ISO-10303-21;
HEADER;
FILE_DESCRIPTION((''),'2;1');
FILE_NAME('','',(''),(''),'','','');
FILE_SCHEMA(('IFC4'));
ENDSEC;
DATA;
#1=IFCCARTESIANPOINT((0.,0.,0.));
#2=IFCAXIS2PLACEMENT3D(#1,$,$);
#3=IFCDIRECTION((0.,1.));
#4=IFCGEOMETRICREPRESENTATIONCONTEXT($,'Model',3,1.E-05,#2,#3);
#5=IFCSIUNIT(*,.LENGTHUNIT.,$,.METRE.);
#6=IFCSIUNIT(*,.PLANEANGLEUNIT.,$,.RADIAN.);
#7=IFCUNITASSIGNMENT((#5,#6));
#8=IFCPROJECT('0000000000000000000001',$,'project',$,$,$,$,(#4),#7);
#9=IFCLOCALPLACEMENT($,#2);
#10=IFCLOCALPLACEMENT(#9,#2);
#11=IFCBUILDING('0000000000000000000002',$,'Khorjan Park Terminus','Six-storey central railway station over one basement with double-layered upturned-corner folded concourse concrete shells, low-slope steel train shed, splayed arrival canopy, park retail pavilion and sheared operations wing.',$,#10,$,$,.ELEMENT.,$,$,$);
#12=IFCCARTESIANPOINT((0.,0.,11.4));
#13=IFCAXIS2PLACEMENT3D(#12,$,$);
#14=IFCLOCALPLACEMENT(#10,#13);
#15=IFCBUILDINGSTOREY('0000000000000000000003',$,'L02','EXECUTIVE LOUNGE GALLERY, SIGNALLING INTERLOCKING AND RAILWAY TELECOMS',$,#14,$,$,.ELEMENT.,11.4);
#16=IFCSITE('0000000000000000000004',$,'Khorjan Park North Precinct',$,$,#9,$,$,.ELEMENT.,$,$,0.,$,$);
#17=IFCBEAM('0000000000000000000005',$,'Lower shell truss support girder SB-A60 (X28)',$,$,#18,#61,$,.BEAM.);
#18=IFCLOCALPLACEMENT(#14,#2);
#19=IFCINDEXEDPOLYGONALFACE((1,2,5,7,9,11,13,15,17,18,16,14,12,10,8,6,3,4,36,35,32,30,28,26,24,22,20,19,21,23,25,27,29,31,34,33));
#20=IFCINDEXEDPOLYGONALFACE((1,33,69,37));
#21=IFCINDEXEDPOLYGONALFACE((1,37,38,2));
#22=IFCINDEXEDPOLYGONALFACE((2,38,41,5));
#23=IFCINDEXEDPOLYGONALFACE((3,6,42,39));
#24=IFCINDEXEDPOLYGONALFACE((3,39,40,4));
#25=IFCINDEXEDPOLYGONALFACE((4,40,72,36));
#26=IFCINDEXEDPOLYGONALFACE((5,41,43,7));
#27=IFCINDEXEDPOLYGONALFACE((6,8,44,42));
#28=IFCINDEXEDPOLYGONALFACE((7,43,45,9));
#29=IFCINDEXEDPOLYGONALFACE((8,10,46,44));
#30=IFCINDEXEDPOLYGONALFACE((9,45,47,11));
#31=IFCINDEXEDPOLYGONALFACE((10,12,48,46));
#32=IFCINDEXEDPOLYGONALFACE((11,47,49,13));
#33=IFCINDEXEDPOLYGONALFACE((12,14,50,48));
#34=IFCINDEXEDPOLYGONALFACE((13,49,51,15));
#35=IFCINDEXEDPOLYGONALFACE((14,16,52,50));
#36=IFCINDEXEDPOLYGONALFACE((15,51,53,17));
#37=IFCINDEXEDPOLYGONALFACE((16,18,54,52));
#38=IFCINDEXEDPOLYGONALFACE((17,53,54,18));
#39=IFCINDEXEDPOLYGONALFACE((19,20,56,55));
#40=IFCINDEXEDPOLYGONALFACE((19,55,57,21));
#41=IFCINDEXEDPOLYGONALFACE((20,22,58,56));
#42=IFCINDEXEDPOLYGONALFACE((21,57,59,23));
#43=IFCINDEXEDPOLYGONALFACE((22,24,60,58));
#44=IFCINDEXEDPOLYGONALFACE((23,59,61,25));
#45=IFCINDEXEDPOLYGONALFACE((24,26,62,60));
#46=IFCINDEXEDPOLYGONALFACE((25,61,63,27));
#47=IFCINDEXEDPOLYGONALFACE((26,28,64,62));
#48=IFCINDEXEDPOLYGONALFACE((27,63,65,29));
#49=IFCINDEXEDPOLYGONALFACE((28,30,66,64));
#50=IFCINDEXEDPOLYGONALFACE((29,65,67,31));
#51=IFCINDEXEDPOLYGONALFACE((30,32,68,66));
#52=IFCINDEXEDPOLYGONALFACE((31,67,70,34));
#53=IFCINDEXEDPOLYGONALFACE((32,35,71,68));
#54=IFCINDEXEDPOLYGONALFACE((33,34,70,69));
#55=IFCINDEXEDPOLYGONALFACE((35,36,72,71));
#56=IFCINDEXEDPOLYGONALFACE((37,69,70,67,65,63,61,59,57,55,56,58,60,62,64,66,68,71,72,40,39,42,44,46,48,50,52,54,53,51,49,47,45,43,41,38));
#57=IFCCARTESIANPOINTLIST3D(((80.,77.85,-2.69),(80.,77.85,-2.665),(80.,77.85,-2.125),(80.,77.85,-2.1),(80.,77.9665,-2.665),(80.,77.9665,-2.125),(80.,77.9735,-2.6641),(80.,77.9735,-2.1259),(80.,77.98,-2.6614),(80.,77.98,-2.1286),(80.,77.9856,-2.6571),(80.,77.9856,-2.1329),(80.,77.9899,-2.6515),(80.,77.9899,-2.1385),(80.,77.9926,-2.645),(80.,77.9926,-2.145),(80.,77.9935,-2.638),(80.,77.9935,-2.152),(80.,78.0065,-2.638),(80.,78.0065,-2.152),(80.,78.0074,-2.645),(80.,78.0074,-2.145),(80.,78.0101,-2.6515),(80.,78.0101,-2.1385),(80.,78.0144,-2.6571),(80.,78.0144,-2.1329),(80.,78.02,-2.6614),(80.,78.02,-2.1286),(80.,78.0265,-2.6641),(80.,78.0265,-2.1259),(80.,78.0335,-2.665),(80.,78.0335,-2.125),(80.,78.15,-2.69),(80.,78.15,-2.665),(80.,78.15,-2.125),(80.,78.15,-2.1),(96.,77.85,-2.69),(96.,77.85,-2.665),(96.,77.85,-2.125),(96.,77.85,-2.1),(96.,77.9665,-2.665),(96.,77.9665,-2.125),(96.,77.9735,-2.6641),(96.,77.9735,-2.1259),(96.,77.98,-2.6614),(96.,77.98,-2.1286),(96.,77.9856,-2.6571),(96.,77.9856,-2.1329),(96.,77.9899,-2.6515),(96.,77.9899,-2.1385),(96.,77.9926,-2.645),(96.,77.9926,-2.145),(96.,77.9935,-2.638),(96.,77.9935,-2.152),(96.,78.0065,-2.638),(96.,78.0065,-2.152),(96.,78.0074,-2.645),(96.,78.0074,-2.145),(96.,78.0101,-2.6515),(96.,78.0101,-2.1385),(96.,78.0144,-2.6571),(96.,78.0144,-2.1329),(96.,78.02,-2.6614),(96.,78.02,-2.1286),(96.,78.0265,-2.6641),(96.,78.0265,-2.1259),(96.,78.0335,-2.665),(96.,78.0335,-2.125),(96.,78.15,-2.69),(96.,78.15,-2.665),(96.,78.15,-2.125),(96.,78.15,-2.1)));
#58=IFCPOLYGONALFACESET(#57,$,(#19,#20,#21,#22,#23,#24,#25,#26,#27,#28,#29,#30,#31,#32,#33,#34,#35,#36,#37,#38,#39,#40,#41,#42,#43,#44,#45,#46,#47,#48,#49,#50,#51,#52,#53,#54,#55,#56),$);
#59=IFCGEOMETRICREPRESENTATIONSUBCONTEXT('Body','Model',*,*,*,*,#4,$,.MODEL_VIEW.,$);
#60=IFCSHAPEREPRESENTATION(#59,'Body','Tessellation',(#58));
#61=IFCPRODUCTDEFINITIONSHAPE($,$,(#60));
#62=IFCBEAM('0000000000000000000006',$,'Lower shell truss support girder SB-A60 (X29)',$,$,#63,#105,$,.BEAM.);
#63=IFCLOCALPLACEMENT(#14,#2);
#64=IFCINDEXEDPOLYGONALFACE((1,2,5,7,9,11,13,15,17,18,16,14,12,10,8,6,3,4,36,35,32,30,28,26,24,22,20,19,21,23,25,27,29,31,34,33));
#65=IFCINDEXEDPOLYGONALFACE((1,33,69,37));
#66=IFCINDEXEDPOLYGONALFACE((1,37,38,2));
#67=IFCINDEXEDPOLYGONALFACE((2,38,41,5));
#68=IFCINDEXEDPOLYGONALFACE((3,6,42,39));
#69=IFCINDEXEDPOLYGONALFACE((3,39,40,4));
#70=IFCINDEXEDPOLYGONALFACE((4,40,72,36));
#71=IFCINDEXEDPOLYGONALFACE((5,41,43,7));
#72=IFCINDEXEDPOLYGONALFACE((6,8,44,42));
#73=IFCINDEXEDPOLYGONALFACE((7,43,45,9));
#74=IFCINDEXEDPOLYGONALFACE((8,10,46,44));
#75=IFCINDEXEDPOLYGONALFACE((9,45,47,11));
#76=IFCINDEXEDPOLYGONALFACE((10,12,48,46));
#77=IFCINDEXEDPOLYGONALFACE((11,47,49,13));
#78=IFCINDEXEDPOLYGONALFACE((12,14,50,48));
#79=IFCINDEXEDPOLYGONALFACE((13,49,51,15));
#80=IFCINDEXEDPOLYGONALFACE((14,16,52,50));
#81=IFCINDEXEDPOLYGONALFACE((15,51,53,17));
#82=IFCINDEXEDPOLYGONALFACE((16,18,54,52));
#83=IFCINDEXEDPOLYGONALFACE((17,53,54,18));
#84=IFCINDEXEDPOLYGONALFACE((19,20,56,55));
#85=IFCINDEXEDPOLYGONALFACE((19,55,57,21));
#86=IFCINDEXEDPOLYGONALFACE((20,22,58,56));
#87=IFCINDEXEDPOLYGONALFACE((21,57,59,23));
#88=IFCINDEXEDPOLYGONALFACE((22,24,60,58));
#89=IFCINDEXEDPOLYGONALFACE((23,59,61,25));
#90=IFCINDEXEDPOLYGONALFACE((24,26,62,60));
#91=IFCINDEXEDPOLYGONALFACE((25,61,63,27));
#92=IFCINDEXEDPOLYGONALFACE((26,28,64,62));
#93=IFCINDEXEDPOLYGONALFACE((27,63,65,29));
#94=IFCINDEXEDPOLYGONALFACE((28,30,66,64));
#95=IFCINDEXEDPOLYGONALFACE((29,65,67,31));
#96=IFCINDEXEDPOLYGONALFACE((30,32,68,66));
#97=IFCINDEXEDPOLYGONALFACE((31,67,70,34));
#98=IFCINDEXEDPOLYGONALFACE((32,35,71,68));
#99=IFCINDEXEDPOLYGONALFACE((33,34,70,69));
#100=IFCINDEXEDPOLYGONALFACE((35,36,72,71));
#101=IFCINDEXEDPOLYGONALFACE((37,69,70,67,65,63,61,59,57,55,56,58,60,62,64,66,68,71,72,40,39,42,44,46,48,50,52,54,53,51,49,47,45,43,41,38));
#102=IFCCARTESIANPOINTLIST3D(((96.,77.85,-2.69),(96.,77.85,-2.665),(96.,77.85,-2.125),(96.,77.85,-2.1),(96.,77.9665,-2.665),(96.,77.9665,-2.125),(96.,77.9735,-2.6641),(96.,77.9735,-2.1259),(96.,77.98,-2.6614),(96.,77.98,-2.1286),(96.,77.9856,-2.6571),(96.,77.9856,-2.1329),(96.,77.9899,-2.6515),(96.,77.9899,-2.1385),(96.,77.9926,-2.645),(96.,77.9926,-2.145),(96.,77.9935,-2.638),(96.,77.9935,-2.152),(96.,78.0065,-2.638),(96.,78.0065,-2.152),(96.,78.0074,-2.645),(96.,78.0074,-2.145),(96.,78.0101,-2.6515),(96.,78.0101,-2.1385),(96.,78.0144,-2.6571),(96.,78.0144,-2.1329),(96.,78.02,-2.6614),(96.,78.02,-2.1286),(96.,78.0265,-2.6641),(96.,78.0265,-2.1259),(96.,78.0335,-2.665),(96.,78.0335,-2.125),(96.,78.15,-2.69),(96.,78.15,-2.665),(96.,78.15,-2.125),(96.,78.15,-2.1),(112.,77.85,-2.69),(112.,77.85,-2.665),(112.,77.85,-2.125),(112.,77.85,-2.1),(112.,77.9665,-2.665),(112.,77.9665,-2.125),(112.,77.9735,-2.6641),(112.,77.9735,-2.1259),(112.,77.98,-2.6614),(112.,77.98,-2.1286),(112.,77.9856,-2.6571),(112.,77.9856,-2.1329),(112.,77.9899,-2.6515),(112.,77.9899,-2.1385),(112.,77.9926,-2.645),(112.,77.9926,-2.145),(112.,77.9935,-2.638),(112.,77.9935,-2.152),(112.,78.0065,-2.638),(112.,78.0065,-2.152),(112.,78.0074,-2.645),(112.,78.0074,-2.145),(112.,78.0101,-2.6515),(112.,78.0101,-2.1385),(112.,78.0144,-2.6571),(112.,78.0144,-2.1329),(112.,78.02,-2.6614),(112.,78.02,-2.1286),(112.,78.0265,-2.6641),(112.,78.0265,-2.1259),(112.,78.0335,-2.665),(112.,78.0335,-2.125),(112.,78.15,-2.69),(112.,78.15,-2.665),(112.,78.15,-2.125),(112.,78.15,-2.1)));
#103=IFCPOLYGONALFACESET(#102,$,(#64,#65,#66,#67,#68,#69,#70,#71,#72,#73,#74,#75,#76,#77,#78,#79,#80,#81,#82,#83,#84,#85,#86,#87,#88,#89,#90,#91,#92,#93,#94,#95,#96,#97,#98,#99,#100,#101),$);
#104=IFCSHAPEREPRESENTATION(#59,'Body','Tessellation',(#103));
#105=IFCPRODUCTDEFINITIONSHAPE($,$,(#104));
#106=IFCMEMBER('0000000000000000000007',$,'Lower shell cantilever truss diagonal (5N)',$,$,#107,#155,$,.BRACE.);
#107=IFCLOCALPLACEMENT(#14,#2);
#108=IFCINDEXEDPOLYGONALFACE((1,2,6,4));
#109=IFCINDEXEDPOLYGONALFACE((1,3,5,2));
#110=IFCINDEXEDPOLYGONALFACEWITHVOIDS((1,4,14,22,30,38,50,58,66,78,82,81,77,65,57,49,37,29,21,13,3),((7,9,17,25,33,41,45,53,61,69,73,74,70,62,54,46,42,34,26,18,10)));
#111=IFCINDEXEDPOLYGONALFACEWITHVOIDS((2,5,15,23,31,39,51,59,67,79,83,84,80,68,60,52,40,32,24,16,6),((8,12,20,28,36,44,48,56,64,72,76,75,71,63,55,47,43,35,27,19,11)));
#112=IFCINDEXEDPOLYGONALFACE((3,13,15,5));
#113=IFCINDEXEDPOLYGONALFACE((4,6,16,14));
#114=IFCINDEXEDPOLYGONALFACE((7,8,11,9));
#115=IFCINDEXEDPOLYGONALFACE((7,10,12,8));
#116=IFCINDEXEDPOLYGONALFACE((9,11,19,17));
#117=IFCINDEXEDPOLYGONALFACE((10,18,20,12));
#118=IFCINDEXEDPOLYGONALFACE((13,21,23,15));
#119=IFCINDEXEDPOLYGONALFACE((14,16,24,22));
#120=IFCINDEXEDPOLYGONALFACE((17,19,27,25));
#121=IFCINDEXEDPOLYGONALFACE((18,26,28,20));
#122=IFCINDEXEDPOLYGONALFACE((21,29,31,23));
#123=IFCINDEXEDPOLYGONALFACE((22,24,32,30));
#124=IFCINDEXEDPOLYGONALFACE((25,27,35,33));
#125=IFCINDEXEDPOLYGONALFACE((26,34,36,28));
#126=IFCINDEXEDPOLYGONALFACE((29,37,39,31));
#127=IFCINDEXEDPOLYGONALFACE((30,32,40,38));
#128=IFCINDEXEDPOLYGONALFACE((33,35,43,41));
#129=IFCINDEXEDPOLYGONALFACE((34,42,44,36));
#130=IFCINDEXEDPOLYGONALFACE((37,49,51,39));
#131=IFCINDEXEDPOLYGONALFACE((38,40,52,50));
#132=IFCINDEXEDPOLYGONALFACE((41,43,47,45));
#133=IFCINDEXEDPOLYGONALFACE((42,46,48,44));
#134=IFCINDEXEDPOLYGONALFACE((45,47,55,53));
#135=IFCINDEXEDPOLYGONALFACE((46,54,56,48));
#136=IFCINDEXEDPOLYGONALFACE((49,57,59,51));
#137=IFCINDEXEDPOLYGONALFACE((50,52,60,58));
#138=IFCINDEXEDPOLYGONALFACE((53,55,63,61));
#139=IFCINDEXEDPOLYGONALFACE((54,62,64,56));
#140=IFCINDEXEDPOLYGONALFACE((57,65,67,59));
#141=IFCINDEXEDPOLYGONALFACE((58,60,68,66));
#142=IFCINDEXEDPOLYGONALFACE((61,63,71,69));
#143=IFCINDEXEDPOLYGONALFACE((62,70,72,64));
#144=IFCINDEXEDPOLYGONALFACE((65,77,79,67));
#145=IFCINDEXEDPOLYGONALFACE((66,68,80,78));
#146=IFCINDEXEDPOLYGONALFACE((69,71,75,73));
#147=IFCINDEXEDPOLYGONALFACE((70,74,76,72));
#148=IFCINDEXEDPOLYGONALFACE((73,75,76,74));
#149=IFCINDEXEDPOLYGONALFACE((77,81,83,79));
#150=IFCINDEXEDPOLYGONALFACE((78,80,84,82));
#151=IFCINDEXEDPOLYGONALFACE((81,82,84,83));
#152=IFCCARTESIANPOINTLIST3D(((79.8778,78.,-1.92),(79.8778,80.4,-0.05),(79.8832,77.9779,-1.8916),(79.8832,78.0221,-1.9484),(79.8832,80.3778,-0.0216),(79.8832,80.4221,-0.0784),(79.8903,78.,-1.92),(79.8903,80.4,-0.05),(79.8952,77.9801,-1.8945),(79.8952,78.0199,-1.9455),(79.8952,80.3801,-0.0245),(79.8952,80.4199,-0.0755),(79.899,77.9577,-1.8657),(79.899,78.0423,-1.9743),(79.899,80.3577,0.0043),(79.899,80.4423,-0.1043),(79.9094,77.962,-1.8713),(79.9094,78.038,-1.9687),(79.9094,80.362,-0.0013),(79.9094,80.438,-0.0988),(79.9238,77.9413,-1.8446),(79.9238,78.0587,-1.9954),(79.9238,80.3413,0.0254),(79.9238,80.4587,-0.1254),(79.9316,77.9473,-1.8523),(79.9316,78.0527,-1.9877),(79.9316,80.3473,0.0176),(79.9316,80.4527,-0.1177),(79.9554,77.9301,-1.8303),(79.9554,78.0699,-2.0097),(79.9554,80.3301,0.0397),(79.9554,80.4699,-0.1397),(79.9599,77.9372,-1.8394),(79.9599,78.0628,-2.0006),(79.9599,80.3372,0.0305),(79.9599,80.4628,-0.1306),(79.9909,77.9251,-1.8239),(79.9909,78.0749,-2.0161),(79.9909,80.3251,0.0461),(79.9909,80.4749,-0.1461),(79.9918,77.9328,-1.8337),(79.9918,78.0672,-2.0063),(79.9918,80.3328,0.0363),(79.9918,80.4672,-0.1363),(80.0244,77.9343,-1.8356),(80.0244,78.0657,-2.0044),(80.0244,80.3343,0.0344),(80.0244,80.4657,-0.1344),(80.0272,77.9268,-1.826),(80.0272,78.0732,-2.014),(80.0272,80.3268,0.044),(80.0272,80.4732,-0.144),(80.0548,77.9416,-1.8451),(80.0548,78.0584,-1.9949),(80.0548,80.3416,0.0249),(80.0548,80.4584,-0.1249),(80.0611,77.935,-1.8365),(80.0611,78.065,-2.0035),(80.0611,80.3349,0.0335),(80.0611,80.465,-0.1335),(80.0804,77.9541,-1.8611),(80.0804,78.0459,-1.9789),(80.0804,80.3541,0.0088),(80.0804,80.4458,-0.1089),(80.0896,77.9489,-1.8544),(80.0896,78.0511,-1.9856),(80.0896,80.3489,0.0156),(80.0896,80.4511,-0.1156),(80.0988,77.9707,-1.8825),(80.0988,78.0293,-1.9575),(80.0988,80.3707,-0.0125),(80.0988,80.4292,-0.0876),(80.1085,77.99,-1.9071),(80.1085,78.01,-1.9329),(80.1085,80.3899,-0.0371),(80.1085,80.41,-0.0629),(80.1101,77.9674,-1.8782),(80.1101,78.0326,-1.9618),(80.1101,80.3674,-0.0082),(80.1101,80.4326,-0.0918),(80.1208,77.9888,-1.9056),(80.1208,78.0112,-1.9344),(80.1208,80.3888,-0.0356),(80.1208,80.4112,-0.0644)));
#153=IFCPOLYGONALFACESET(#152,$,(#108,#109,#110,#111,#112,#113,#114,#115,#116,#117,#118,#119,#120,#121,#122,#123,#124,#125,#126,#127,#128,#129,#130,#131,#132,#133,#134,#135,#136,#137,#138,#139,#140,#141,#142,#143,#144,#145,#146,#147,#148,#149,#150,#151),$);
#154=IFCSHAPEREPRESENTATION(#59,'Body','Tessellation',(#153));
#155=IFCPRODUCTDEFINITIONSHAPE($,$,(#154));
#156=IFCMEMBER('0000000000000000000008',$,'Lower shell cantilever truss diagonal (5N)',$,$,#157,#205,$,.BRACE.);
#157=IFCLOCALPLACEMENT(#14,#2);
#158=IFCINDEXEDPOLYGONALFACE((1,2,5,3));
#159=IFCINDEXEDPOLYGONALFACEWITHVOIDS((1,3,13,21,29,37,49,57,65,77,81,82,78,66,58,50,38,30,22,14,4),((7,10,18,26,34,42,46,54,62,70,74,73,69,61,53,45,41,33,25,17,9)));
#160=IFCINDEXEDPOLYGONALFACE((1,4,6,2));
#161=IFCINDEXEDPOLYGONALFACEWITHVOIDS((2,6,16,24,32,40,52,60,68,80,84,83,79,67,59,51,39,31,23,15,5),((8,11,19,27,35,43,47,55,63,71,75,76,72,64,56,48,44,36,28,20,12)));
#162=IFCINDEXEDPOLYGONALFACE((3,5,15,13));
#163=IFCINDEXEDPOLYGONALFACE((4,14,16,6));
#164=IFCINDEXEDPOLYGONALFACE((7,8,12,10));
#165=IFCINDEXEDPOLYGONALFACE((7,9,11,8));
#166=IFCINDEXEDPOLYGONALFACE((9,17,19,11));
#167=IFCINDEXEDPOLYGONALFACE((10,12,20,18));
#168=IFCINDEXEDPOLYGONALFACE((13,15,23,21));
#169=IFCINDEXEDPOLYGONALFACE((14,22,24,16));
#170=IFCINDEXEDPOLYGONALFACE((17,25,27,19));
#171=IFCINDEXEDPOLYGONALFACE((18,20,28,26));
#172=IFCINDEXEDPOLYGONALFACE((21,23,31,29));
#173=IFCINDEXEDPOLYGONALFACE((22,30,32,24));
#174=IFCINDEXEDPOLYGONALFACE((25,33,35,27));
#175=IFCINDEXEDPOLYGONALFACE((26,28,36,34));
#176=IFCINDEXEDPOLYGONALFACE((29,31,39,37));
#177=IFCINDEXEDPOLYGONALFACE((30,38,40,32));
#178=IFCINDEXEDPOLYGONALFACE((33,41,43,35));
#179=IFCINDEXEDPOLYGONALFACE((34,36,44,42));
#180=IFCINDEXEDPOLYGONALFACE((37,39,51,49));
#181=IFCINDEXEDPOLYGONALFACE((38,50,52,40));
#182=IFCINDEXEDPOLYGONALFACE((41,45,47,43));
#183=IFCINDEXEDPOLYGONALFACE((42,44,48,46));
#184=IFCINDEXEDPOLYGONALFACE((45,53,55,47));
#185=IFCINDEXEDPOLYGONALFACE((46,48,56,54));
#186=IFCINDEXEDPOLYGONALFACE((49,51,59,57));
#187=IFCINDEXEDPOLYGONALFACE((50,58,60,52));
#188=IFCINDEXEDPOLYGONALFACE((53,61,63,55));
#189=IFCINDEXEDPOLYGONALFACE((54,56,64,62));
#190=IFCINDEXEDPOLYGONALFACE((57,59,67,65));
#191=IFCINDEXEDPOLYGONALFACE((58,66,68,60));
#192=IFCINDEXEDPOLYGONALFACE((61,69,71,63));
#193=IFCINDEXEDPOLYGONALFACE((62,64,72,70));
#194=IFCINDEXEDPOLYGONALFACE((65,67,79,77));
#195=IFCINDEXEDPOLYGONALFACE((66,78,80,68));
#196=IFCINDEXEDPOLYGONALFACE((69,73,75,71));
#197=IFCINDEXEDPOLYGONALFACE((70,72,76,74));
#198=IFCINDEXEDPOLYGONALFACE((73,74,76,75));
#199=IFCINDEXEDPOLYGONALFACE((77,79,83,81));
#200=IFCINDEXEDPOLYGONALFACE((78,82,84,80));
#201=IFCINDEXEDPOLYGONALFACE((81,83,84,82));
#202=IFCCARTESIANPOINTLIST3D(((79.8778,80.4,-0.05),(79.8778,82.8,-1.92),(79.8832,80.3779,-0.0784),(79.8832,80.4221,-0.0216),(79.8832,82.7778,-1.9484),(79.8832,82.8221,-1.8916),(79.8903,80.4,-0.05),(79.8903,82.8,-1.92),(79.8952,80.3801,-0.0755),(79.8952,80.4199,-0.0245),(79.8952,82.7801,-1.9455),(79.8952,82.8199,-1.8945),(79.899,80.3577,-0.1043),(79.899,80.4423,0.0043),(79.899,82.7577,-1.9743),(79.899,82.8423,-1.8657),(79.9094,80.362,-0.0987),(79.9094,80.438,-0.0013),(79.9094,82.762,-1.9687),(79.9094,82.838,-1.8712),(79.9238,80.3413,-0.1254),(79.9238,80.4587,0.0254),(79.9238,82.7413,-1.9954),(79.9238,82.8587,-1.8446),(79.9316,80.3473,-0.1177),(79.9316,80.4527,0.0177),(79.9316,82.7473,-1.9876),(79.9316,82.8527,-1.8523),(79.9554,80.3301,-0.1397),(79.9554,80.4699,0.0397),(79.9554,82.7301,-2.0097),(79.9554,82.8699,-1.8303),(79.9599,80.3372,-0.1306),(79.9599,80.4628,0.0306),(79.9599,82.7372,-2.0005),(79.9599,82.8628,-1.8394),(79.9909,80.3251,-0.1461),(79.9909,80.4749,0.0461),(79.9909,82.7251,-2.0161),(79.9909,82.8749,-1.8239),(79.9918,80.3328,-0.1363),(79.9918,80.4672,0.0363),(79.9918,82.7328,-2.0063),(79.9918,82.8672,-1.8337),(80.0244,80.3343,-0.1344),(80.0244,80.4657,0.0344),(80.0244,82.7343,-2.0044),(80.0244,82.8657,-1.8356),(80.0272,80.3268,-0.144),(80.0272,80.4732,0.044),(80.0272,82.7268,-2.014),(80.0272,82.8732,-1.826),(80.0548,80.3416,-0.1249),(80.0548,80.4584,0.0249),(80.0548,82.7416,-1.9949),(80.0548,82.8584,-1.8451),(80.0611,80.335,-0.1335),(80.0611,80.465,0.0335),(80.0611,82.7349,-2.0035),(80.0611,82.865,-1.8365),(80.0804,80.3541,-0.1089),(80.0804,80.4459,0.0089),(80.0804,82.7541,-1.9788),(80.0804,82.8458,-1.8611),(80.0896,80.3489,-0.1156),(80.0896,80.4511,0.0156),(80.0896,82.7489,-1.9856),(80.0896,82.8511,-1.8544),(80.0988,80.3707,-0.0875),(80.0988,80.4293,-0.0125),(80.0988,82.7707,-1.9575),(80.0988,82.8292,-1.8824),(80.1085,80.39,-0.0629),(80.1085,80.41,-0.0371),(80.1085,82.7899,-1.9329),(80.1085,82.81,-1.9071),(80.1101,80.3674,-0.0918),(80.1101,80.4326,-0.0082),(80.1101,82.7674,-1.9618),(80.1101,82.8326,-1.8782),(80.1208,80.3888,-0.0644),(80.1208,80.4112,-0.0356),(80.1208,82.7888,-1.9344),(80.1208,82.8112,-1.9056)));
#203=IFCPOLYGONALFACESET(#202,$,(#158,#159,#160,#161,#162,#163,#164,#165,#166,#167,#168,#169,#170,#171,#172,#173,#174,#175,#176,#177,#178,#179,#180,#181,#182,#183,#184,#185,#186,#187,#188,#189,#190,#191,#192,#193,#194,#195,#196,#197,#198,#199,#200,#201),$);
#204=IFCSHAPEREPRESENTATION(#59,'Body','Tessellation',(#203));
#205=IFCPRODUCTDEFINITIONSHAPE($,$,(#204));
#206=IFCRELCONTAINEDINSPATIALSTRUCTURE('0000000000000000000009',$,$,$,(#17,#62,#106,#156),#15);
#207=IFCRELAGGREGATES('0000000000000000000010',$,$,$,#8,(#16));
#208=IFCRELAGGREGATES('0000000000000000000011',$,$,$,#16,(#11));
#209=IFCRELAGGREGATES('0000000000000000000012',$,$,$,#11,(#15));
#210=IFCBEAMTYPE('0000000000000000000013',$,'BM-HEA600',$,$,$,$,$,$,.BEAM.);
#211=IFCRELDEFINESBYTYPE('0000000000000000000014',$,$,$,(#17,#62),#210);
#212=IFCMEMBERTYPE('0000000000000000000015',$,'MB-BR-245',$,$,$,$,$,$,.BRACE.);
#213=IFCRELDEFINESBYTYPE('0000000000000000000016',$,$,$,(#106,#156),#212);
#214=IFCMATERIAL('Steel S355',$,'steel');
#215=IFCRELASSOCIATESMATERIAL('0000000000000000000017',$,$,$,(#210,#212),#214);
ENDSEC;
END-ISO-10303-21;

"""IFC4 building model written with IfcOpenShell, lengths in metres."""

from ifc_helpers import new_model, si_unit, direction, frame, origin, origin_2d, place, context, subcontext, project, spatial, hollow_circle, i_section, extrude, material, material_profile, profile_set, type_object, element, save


model = new_model("IFC4")

# Units and contexts
model_context = context("Model", 3, precision=1e-05, world=origin(), true_north=direction((0.0, 1.0)))
body_context = subcontext(model_context, "Body", "Model", "MODEL_VIEW")
ifc_project = project(units=[si_unit("LENGTHUNIT", "METRE"), si_unit("PLANEANGLEUNIT", "RADIAN")], contexts=[model_context])

# Site, building, storey
site_placement = place(None, origin())
site = spatial("IfcSite", under=ifc_project, at=site_placement, Name="Khorjan Park North Precinct", CompositionType="ELEMENT", RefElevation=0.0)
building_placement = place(site_placement, origin())
building = spatial("IfcBuilding", under=site, at=building_placement, Name="Khorjan Park Terminus", Description="Six-storey central railway station over one basement with double-layered upturned-corner folded concourse concrete shells, low-slope steel train shed, splayed arrival canopy, park retail pavilion and sheared operations wing.", CompositionType="ELEMENT")
storey_placement = place(building_placement, frame((0.0, 0.0, 11.4)))
storey = spatial("IfcBuildingStorey", under=building, at=storey_placement, Name="L02", Description="EXECUTIVE LOUNGE GALLERY, SIGNALLING INTERLOCKING AND RAILWAY TELECOMS", CompositionType="ELEMENT", Elevation=11.4)

# Beams
ifc_material_1 = material(Name="Steel S355", Category="steel")
ifc_material_profile_1 = material_profile(ifc_material_1, i_section(OverallWidth=0.3, OverallDepth=0.59, WebThickness=0.013, FlangeThickness=0.025, FilletRadius=0.027, at=origin_2d()), Name="HEA 600")
ifc_profile_set_1 = profile_set([ifc_material_profile_1], Name="Steel S355")
beam_type = type_object("IfcBeamType", Name="BM-HEA600", PredefinedType="BEAM", material=ifc_profile_set_1)
for number, where, z_axis, x_axis, name in (
    (1, (80.0, 78.0, -2.395), (1.0, 0.0, 0.0), (0.0, 1.0, 0.0), "Lower shell truss support girder SB-A60 (X28)"),
    (2, (96.0, 78.0, -2.395), (1.0, 0.0, 0.0), (0.0, 1.0, 0.0), "Lower shell truss support girder SB-A60 (X29)"),
):
    element("IfcBeam", number, at=place(storey_placement, frame(where, z_axis=z_axis, x_axis=x_axis)), inside=storey, type_object=beam_type, Name=name, PredefinedType="BEAM", context=body_context, shape_type="SweptSolid", body=[
        extrude(i_section(OverallWidth=0.3, OverallDepth=0.59, WebThickness=0.013, FlangeThickness=0.025, FilletRadius=0.027, at=origin_2d()), origin(), (0.0, 0.0, 1.0), 16.0),
    ])

# Members
ifc_material_profile_2 = material_profile(ifc_material_1, hollow_circle(Radius=0.1222, WallThickness=0.0125, at=origin_2d()), Name="CHS 244.5x12.5")
ifc_profile_set_2 = profile_set([ifc_material_profile_2], Name="Steel S355")
member_type_1 = type_object("IfcMemberType", Name="MB-BR-245", PredefinedType="BRACE", material=ifc_profile_set_2)
for number, where, z_axis, x_axis, name in (
    (3, (80.0, 78.0, -1.92), (0.0, 0.788821, 0.614623), (-1.0, 0.0, 0.0), "Lower shell cantilever truss diagonal (5N)"),
    (4, (80.0, 80.4, -0.05), (0.0, 0.788821, -0.614623), (-1.0, 0.0, 0.0), "Lower shell cantilever truss diagonal (5N)"),
):
    element("IfcMember", number, at=place(storey_placement, frame(where, z_axis=z_axis, x_axis=x_axis)), inside=storey, type_object=member_type_1, Name=name, PredefinedType="BRACE", context=body_context, shape_type="SweptSolid", body=[
        extrude(hollow_circle(Radius=0.1222, WallThickness=0.0125, at=origin_2d()), origin(), (0.0, 0.0, 1.0), 3.0425),
    ])

save(model, "model.ifc")
